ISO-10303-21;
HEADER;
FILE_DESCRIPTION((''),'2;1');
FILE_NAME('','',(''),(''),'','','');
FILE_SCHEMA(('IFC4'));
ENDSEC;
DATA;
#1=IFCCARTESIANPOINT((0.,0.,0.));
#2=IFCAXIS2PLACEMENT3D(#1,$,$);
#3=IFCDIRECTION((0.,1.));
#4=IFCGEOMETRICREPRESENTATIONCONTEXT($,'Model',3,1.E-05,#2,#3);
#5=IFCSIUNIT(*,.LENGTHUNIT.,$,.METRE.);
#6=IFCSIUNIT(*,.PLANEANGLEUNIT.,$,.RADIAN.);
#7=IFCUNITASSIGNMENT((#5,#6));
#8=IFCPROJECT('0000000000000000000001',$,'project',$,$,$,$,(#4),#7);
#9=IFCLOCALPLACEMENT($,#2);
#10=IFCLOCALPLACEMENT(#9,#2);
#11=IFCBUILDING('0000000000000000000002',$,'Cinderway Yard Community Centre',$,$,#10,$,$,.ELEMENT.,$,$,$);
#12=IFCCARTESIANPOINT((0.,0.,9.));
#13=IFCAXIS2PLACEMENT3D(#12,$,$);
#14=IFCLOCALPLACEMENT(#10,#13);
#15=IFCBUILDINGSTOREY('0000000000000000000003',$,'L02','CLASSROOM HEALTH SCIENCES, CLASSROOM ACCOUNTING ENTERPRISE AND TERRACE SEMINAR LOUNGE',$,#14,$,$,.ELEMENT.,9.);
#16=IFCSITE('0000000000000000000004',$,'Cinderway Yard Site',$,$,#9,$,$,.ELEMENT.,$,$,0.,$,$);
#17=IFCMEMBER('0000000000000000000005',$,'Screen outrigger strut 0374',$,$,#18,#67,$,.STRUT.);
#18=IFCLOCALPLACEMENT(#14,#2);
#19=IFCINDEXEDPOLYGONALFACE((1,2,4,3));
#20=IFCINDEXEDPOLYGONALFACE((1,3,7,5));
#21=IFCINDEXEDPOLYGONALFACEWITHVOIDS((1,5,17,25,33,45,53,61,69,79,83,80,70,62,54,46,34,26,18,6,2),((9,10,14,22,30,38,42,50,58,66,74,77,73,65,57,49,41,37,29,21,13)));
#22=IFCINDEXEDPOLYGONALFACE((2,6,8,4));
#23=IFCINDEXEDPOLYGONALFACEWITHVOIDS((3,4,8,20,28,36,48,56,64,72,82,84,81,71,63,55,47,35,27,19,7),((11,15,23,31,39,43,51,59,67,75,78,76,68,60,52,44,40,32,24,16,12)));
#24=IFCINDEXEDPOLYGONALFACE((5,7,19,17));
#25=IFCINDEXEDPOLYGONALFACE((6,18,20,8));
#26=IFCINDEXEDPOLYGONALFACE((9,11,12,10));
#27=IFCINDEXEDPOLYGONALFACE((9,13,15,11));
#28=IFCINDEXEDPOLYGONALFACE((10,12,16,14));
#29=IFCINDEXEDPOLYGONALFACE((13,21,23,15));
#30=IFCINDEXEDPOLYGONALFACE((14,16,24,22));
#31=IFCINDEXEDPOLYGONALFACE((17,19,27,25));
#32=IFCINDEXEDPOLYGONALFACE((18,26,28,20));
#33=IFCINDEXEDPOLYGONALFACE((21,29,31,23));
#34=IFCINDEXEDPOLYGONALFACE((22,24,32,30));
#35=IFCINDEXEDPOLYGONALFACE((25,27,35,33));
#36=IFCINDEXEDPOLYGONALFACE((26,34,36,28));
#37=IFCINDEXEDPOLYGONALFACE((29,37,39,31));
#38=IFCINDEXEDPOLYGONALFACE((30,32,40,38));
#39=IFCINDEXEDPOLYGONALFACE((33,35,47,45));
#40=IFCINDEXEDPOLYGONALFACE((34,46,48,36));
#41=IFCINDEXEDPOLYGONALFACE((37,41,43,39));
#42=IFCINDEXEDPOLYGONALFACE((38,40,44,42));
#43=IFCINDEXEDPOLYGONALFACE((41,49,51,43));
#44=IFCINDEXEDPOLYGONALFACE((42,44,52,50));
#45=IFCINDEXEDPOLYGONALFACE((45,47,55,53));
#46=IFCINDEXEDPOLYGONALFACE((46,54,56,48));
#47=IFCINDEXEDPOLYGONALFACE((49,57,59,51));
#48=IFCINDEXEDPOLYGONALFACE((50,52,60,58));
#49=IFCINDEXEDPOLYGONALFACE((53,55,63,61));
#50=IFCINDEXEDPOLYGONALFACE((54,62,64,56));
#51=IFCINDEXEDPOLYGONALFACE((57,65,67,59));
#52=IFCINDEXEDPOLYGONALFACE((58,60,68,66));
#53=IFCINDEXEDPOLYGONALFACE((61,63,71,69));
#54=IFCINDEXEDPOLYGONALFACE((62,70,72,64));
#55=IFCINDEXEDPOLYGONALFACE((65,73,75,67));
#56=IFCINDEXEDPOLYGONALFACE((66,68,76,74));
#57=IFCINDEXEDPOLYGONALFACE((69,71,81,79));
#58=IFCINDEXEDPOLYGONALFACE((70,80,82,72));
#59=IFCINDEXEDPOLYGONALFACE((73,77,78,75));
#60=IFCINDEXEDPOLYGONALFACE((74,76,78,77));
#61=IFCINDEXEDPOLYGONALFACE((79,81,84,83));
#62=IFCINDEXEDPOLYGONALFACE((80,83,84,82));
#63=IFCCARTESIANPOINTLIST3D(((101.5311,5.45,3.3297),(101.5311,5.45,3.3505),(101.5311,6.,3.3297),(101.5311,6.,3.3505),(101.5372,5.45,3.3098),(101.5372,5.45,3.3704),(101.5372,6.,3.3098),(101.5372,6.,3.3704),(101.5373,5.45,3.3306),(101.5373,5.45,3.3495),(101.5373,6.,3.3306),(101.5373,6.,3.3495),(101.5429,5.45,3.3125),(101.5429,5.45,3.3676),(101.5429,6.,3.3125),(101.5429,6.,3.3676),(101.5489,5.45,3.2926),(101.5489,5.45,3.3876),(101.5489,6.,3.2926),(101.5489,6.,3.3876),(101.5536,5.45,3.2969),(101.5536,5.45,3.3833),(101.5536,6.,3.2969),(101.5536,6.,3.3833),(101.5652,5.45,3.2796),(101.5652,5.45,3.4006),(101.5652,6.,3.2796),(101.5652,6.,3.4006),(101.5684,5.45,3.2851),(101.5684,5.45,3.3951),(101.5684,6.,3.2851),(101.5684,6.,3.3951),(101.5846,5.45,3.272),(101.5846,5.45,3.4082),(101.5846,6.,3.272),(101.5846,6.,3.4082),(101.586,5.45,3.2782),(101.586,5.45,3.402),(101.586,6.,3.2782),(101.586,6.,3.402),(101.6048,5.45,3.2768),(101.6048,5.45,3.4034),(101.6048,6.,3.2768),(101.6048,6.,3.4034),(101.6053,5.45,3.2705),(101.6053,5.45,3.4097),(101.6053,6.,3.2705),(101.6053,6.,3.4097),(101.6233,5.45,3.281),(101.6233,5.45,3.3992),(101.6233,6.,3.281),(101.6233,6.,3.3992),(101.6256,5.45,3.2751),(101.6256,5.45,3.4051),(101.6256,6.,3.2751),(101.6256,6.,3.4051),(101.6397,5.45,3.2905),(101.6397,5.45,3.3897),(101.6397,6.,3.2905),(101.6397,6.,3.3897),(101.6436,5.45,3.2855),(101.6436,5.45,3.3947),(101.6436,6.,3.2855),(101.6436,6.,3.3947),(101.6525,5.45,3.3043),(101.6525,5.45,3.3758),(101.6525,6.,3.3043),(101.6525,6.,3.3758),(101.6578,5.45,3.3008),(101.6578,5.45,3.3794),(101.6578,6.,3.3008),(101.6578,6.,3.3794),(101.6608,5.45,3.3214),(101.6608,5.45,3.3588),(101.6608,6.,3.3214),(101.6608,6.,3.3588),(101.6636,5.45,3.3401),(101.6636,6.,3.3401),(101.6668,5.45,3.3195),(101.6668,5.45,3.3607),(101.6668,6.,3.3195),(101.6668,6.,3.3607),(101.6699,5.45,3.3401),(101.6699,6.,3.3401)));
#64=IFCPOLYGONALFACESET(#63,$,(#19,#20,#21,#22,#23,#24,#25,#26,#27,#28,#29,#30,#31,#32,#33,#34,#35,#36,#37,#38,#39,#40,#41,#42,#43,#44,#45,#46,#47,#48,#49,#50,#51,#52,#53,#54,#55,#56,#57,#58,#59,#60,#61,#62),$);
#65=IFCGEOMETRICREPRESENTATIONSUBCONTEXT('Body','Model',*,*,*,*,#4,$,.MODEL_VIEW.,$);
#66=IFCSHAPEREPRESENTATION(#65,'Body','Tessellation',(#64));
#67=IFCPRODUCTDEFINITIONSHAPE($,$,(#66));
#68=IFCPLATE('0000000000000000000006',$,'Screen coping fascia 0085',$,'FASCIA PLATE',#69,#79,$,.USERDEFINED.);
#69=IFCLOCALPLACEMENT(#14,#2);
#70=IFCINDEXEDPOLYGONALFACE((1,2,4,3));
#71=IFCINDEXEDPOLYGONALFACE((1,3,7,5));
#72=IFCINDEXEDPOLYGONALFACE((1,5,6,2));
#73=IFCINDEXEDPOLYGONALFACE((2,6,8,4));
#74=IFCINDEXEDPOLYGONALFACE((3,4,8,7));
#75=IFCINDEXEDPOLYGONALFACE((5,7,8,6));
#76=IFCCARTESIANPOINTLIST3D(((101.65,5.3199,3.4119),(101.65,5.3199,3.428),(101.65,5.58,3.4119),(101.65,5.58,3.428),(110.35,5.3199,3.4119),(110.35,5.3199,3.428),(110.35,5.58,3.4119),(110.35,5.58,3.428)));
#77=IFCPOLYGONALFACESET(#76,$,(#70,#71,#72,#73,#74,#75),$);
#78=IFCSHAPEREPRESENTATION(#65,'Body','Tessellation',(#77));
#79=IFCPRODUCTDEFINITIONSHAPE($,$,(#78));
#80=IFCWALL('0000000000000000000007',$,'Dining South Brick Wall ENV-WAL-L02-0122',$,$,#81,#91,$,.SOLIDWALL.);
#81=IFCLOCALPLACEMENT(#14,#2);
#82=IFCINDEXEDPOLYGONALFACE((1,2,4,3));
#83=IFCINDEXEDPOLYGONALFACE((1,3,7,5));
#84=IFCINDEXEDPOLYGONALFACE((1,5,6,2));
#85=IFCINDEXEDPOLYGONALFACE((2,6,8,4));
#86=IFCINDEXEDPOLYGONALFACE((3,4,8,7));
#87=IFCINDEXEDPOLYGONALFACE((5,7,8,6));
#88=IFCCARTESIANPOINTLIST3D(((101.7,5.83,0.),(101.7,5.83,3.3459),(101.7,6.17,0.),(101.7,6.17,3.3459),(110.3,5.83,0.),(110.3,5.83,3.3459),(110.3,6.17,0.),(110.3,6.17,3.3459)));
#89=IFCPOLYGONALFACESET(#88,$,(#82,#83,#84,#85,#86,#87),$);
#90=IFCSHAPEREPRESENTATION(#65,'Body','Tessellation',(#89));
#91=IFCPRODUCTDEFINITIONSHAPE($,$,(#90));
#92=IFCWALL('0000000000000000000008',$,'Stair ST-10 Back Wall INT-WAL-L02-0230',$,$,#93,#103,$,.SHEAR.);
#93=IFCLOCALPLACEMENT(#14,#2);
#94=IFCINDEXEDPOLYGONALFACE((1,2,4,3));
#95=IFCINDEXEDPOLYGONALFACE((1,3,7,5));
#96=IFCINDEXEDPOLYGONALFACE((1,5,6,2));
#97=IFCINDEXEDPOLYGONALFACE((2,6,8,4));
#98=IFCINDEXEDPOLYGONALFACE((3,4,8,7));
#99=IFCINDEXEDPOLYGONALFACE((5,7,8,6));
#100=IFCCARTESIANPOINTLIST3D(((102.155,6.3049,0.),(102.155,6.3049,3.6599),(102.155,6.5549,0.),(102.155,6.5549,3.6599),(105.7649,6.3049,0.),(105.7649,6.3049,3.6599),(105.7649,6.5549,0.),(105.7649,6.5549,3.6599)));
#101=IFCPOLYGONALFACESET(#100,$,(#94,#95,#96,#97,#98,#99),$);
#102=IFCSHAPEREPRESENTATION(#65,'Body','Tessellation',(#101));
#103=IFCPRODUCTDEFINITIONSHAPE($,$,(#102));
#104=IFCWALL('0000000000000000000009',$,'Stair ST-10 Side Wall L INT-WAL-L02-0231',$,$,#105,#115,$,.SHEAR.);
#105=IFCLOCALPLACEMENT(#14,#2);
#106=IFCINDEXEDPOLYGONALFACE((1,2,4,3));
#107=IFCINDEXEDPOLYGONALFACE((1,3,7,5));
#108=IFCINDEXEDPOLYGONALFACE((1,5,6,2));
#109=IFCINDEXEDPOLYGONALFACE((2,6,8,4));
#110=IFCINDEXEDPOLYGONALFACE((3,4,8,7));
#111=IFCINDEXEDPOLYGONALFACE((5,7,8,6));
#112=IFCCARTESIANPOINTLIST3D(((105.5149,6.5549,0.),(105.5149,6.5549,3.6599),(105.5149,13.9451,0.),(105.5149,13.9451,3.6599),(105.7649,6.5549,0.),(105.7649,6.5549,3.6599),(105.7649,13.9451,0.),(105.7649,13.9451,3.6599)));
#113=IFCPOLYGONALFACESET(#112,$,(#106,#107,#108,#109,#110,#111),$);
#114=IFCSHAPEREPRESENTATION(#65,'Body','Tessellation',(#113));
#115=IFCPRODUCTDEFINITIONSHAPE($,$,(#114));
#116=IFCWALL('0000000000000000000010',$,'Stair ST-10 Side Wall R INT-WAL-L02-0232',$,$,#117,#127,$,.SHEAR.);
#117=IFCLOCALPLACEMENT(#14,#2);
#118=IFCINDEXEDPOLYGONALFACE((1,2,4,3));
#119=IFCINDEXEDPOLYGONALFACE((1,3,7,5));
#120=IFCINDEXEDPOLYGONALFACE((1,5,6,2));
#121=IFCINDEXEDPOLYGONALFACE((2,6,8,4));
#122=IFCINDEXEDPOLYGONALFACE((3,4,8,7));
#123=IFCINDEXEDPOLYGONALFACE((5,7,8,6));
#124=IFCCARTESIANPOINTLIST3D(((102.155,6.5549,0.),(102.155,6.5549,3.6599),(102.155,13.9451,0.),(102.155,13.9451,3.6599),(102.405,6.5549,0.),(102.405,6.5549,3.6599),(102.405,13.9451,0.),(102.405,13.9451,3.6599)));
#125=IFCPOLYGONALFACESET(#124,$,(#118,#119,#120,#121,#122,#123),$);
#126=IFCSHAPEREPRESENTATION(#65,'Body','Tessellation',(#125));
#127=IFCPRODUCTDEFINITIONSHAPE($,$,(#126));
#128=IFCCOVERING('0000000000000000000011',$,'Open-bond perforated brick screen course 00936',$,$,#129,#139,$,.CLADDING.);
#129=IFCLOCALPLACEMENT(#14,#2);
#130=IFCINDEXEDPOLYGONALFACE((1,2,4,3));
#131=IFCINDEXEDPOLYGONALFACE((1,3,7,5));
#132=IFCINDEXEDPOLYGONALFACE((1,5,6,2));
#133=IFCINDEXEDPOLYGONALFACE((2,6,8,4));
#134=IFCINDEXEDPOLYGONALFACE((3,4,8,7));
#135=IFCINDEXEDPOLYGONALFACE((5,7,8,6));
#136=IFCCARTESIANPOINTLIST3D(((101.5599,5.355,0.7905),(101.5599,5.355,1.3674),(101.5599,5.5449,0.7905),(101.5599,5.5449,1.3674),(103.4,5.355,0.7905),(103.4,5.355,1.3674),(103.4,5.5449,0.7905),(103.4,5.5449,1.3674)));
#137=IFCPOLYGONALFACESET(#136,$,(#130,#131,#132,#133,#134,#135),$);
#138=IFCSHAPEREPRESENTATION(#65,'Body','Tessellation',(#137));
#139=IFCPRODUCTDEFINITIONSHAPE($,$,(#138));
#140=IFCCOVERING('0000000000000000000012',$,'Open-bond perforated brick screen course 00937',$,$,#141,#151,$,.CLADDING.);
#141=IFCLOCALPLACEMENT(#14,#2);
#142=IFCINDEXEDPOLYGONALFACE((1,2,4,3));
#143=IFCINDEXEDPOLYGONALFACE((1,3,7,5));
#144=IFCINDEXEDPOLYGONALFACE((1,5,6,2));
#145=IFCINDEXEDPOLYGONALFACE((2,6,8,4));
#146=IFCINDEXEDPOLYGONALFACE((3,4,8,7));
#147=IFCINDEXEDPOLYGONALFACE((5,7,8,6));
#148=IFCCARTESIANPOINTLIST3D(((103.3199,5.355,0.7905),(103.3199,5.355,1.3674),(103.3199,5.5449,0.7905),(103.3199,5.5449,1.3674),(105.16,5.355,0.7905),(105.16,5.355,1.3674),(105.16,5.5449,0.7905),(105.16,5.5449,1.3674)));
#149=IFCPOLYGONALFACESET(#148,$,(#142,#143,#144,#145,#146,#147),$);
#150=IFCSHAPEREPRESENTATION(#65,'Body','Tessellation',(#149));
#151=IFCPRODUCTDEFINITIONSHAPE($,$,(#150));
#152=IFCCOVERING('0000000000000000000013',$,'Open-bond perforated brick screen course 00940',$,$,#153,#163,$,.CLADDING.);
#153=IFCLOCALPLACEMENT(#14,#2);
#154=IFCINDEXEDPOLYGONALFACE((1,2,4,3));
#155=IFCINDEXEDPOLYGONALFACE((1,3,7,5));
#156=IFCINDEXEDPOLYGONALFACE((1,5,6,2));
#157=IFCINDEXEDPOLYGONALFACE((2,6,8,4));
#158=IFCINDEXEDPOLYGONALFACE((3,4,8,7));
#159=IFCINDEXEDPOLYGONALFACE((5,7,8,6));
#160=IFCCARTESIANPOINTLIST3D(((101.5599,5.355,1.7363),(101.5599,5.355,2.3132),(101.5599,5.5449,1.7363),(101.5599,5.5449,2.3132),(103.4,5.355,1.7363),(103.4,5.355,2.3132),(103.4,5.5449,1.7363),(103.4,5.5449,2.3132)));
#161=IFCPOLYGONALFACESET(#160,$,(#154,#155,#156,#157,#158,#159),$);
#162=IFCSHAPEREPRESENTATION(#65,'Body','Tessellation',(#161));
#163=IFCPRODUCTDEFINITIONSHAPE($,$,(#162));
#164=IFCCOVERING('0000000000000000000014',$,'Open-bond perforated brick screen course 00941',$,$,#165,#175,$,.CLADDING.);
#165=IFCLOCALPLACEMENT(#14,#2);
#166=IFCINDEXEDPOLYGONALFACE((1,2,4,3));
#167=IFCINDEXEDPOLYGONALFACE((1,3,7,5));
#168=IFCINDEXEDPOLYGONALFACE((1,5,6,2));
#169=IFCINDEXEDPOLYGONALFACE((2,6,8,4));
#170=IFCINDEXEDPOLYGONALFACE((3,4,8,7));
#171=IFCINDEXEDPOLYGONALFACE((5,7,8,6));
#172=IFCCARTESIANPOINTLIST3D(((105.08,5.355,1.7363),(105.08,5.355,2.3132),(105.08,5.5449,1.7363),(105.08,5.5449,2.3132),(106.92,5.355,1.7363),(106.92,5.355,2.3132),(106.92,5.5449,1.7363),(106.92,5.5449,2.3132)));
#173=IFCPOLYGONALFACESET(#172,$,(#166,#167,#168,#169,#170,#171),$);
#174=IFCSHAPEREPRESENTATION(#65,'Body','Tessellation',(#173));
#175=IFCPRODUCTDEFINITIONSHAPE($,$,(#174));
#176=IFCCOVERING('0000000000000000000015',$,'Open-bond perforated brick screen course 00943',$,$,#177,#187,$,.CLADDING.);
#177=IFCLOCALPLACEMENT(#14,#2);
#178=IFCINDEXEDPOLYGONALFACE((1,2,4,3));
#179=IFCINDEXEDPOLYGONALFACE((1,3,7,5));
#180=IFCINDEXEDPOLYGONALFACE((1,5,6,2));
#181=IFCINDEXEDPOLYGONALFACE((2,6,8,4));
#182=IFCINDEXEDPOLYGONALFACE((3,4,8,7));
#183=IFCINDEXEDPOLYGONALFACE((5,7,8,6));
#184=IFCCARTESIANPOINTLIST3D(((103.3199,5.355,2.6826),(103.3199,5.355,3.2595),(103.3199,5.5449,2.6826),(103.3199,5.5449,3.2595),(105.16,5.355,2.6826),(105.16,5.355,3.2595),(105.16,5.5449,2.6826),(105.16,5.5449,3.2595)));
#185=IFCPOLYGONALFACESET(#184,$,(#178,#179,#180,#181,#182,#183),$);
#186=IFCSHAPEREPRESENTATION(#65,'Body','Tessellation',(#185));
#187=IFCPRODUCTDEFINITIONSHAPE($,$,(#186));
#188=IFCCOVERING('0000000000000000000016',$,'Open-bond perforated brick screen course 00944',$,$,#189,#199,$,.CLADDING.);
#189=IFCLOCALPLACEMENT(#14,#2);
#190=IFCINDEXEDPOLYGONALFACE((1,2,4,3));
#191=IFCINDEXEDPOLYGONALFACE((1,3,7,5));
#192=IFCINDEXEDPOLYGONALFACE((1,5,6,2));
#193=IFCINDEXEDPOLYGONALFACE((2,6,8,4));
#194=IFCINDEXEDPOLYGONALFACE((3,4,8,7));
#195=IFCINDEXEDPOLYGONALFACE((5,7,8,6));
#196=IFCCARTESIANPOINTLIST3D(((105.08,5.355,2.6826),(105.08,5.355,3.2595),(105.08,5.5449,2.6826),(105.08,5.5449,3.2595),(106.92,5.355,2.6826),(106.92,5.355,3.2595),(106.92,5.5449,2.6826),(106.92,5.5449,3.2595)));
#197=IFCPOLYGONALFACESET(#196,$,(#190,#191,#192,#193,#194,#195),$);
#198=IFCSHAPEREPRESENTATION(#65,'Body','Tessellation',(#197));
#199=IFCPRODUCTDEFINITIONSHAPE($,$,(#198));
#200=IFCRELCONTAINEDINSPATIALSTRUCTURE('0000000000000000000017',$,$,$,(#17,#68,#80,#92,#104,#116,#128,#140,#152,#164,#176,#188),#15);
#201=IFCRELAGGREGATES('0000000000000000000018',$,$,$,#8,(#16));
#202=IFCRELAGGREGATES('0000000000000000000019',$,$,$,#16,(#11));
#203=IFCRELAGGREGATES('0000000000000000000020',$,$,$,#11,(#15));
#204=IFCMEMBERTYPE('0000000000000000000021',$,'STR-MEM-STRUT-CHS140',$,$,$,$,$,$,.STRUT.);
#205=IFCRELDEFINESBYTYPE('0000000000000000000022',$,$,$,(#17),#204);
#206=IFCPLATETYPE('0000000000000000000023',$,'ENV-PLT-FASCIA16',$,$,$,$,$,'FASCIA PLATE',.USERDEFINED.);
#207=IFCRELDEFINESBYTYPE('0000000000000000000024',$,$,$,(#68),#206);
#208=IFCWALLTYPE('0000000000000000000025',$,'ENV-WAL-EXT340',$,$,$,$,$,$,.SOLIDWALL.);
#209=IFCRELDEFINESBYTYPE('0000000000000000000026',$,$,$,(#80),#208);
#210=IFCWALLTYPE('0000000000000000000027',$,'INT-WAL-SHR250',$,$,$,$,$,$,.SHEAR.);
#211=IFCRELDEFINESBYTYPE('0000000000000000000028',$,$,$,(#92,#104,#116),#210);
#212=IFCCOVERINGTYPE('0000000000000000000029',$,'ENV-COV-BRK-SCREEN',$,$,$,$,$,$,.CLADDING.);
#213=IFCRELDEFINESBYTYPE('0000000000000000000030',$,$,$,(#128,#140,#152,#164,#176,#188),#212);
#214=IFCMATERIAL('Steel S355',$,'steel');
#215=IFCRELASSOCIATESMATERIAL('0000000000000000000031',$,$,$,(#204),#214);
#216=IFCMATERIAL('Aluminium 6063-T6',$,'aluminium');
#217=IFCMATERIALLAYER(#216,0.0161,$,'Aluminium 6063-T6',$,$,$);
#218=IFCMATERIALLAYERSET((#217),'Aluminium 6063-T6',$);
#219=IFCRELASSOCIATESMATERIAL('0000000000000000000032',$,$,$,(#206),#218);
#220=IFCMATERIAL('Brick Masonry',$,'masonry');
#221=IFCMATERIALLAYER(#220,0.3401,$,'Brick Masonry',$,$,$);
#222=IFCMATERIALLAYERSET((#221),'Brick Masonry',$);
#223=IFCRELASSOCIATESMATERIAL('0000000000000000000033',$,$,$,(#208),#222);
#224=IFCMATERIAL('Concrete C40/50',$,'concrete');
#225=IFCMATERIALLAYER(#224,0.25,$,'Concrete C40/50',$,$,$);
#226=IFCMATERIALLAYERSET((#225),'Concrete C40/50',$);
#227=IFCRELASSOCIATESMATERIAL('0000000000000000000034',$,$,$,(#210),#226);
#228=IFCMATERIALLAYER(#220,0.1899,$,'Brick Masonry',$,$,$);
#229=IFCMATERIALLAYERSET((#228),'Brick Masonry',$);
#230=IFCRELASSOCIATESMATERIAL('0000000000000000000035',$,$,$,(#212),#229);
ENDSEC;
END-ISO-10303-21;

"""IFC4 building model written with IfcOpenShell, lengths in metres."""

from ifc_helpers import new_model, si_unit, direction, frame, frame_2d, origin, origin_2d, place, context, subcontext, project, spatial, rectangle, hollow_circle, extrude, material, layer, layer_set, material_profile, profile_set, type_object, element, save


model = new_model("IFC4")

# Units and contexts
model_context = context("Model", 3, precision=1e-05, world=origin(), true_north=direction((0.0, 1.0)))
body_context = subcontext(model_context, "Body", "Model", "MODEL_VIEW")
ifc_project = project(units=[si_unit("LENGTHUNIT", "METRE"), si_unit("PLANEANGLEUNIT", "RADIAN")], contexts=[model_context])

# Site, building, storey
site_placement = place(None, origin())
site = spatial("IfcSite", under=ifc_project, at=site_placement, Name="Cinderway Yard Site", CompositionType="ELEMENT", RefElevation=0.0)
building_placement = place(site_placement, origin())
building = spatial("IfcBuilding", under=site, at=building_placement, Name="Cinderway Yard Community Centre", CompositionType="ELEMENT")
storey_placement = place(building_placement, frame((0.0, 0.0, 9.0)))
storey = spatial("IfcBuildingStorey", under=building, at=storey_placement, Name="L02", Description="CLASSROOM HEALTH SCIENCES, CLASSROOM ACCOUNTING ENTERPRISE AND TERRACE SEMINAR LOUNGE", CompositionType="ELEMENT", Elevation=9.0)

# Shared definitions
ifc_material_1 = material(Name="Concrete C40/50", Category="concrete")

# Shared definitions
ifc_material_2 = material(Name="Steel S355", Category="steel")

# Member
ifc_material_profile_1 = material_profile(ifc_material_2, hollow_circle(Radius=0.0698, WallThickness=0.0063, at=origin_2d()), Name="Steel S355")
ifc_profile_set_1 = profile_set([ifc_material_profile_1], Name="Steel S355")
member_type_1 = type_object("IfcMemberType", Name="STR-MEM-STRUT-CHS140", PredefinedType="STRUT", material=ifc_profile_set_1)
for number, where, z_axis, x_axis, name in (
    (1, (101.6001, 6.0, 3.3401), (0.0, -1.0, 0.0), (1.0, 0.0, 0.0), "Screen outrigger strut 0374"),
):
    element("IfcMember", number, at=place(storey_placement, frame(where, z_axis=z_axis, x_axis=x_axis)), inside=storey, type_object=member_type_1, Name=name, PredefinedType="STRUT", context=body_context, shape_type="SweptSolid", body=[
        extrude(hollow_circle(Radius=0.0698, WallThickness=0.0063, at=origin_2d()), origin(), (0.0, 0.0, 1.0), 0.55),
    ])

# Plate
ifc_material_3 = material(Name="Aluminium 6063-T6", Category="aluminium")
ifc_layer_1 = layer(ifc_material_3, 0.0161, Name="Aluminium 6063-T6")
ifc_layer_set_1 = layer_set([ifc_layer_1], Name="Aluminium 6063-T6")
plate_type = type_object("IfcPlateType", Name="ENV-PLT-FASCIA16", ElementType="FASCIA PLATE", PredefinedType="USERDEFINED", material=ifc_layer_set_1)
plate_placement = place(storey_placement, frame((106.0, 5.45, 3.4119), z_axis=(0.0, 0.0, 1.0), x_axis=(-1.0, 0.0, 0.0)))
element("IfcPlate", 2, at=plate_placement, inside=storey, type_object=plate_type, Name="Screen coping fascia 0085", ObjectType="FASCIA PLATE", PredefinedType="USERDEFINED", context=body_context, shape_type="SweptSolid", body=[
    extrude(rectangle(XDim=8.7, YDim=0.26, at=origin_2d()), origin(), (0.0, 0.0, 1.0), 0.0161),
])

# Wall
ifc_material_4 = material(Name="Brick Masonry", Category="masonry")
ifc_layer_2 = layer(ifc_material_4, 0.3401, Name="Brick Masonry")
ifc_layer_set_2 = layer_set([ifc_layer_2], Name="Brick Masonry")
wall_type_1 = type_object("IfcWallType", Name="ENV-WAL-EXT340", PredefinedType="SOLIDWALL", material=ifc_layer_set_2)
wall_1_placement = place(storey_placement, frame((101.7, 6.0, 0.0), z_axis=(0.0, 0.0, 1.0), x_axis=(1.0, 0.0, 0.0)))
element("IfcWall", 3, at=wall_1_placement, inside=storey, type_object=wall_type_1, Name="Dining South Brick Wall ENV-WAL-L02-0122", PredefinedType="SOLIDWALL", context=body_context, shape_type="SweptSolid", body=[
    extrude(rectangle(XDim=8.6001, YDim=0.3401, at=frame_2d((4.3, 0.0))), origin(), (0.0, 0.0, 1.0), 3.3459),
])

# Shared definitions
ifc_layer_3 = layer(ifc_material_1, 0.25, Name="Concrete C40/50")
ifc_layer_set_3 = layer_set([ifc_layer_3], Name="Concrete C40/50")
wall_type_2 = type_object("IfcWallType", Name="INT-WAL-SHR250", PredefinedType="SHEAR", material=ifc_layer_set_3)

# Walls
wall_2_placement = place(storey_placement, frame((105.7649, 6.4299, 0.0), z_axis=(0.0, 0.0, 1.0), x_axis=(-1.0, 0.0, 0.0)))
element("IfcWall", 4, at=wall_2_placement, inside=storey, type_object=wall_type_2, Name="Stair ST-10 Back Wall INT-WAL-L02-0230", PredefinedType="SHEAR", context=body_context, shape_type="SweptSolid", body=[
    extrude(rectangle(XDim=3.6099, YDim=0.25, at=frame_2d((1.8049, 0.0))), origin(), (0.0, 0.0, 1.0), 3.6599),
])
for number, where, z_axis, x_axis, name in (
    (5, (105.6399, 13.9451, 0.0), (0.0, 0.0, 1.0), (0.0, -1.0, 0.0), "Stair ST-10 Side Wall L INT-WAL-L02-0231"),
    (6, (102.28, 6.5549, 0.0), (0.0, 0.0, 1.0), (0.0, 1.0, 0.0), "Stair ST-10 Side Wall R INT-WAL-L02-0232"),
):
    element("IfcWall", number, at=place(storey_placement, frame(where, z_axis=z_axis, x_axis=x_axis)), inside=storey, type_object=wall_type_2, Name=name, PredefinedType="SHEAR", context=body_context, shape_type="SweptSolid", body=[
        extrude(rectangle(XDim=7.3901, YDim=0.25, at=frame_2d((3.6951, 0.0))), origin(), (0.0, 0.0, 1.0), 3.6599),
    ])

# Coverings
ifc_layer_4 = layer(ifc_material_4, 0.1899, Name="Brick Masonry")
ifc_layer_set_4 = layer_set([ifc_layer_4], Name="Brick Masonry")
covering_type = type_object("IfcCoveringType", Name="ENV-COV-BRK-SCREEN", PredefinedType="CLADDING", material=ifc_layer_set_4)
for number, where, z_axis, x_axis, name in (
    (7, (102.48, 5.45, 0.7905), (0.0, 0.0, 1.0), (-1.0, 0.0, 0.0), "Open-bond perforated brick screen course 00936"),
    (8, (104.24, 5.45, 0.7905), (0.0, 0.0, 1.0), (-1.0, 0.0, 0.0), "Open-bond perforated brick screen course 00937"),
    (9, (102.48, 5.45, 1.7363), (0.0, 0.0, 1.0), (-1.0, 0.0, 0.0), "Open-bond perforated brick screen course 00940"),
    (10, (106.0, 5.45, 1.7363), (0.0, 0.0, 1.0), (-1.0, 0.0, 0.0), "Open-bond perforated brick screen course 00941"),
    (11, (104.24, 5.45, 2.6826), (0.0, 0.0, 1.0), (-1.0, 0.0, 0.0), "Open-bond perforated brick screen course 00943"),
    (12, (106.0, 5.45, 2.6826), (0.0, 0.0, 1.0), (-1.0, 0.0, 0.0), "Open-bond perforated brick screen course 00944"),
):
    element("IfcCovering", number, at=place(storey_placement, frame(where, z_axis=z_axis, x_axis=x_axis)), inside=storey, type_object=covering_type, Name=name, PredefinedType="CLADDING", context=body_context, shape_type="SweptSolid", body=[
        extrude(rectangle(XDim=1.8401, YDim=0.1899, at=origin_2d()), origin(), (0.0, 0.0, 1.0), 0.5769),
    ])

save(model, "model.ifc")
